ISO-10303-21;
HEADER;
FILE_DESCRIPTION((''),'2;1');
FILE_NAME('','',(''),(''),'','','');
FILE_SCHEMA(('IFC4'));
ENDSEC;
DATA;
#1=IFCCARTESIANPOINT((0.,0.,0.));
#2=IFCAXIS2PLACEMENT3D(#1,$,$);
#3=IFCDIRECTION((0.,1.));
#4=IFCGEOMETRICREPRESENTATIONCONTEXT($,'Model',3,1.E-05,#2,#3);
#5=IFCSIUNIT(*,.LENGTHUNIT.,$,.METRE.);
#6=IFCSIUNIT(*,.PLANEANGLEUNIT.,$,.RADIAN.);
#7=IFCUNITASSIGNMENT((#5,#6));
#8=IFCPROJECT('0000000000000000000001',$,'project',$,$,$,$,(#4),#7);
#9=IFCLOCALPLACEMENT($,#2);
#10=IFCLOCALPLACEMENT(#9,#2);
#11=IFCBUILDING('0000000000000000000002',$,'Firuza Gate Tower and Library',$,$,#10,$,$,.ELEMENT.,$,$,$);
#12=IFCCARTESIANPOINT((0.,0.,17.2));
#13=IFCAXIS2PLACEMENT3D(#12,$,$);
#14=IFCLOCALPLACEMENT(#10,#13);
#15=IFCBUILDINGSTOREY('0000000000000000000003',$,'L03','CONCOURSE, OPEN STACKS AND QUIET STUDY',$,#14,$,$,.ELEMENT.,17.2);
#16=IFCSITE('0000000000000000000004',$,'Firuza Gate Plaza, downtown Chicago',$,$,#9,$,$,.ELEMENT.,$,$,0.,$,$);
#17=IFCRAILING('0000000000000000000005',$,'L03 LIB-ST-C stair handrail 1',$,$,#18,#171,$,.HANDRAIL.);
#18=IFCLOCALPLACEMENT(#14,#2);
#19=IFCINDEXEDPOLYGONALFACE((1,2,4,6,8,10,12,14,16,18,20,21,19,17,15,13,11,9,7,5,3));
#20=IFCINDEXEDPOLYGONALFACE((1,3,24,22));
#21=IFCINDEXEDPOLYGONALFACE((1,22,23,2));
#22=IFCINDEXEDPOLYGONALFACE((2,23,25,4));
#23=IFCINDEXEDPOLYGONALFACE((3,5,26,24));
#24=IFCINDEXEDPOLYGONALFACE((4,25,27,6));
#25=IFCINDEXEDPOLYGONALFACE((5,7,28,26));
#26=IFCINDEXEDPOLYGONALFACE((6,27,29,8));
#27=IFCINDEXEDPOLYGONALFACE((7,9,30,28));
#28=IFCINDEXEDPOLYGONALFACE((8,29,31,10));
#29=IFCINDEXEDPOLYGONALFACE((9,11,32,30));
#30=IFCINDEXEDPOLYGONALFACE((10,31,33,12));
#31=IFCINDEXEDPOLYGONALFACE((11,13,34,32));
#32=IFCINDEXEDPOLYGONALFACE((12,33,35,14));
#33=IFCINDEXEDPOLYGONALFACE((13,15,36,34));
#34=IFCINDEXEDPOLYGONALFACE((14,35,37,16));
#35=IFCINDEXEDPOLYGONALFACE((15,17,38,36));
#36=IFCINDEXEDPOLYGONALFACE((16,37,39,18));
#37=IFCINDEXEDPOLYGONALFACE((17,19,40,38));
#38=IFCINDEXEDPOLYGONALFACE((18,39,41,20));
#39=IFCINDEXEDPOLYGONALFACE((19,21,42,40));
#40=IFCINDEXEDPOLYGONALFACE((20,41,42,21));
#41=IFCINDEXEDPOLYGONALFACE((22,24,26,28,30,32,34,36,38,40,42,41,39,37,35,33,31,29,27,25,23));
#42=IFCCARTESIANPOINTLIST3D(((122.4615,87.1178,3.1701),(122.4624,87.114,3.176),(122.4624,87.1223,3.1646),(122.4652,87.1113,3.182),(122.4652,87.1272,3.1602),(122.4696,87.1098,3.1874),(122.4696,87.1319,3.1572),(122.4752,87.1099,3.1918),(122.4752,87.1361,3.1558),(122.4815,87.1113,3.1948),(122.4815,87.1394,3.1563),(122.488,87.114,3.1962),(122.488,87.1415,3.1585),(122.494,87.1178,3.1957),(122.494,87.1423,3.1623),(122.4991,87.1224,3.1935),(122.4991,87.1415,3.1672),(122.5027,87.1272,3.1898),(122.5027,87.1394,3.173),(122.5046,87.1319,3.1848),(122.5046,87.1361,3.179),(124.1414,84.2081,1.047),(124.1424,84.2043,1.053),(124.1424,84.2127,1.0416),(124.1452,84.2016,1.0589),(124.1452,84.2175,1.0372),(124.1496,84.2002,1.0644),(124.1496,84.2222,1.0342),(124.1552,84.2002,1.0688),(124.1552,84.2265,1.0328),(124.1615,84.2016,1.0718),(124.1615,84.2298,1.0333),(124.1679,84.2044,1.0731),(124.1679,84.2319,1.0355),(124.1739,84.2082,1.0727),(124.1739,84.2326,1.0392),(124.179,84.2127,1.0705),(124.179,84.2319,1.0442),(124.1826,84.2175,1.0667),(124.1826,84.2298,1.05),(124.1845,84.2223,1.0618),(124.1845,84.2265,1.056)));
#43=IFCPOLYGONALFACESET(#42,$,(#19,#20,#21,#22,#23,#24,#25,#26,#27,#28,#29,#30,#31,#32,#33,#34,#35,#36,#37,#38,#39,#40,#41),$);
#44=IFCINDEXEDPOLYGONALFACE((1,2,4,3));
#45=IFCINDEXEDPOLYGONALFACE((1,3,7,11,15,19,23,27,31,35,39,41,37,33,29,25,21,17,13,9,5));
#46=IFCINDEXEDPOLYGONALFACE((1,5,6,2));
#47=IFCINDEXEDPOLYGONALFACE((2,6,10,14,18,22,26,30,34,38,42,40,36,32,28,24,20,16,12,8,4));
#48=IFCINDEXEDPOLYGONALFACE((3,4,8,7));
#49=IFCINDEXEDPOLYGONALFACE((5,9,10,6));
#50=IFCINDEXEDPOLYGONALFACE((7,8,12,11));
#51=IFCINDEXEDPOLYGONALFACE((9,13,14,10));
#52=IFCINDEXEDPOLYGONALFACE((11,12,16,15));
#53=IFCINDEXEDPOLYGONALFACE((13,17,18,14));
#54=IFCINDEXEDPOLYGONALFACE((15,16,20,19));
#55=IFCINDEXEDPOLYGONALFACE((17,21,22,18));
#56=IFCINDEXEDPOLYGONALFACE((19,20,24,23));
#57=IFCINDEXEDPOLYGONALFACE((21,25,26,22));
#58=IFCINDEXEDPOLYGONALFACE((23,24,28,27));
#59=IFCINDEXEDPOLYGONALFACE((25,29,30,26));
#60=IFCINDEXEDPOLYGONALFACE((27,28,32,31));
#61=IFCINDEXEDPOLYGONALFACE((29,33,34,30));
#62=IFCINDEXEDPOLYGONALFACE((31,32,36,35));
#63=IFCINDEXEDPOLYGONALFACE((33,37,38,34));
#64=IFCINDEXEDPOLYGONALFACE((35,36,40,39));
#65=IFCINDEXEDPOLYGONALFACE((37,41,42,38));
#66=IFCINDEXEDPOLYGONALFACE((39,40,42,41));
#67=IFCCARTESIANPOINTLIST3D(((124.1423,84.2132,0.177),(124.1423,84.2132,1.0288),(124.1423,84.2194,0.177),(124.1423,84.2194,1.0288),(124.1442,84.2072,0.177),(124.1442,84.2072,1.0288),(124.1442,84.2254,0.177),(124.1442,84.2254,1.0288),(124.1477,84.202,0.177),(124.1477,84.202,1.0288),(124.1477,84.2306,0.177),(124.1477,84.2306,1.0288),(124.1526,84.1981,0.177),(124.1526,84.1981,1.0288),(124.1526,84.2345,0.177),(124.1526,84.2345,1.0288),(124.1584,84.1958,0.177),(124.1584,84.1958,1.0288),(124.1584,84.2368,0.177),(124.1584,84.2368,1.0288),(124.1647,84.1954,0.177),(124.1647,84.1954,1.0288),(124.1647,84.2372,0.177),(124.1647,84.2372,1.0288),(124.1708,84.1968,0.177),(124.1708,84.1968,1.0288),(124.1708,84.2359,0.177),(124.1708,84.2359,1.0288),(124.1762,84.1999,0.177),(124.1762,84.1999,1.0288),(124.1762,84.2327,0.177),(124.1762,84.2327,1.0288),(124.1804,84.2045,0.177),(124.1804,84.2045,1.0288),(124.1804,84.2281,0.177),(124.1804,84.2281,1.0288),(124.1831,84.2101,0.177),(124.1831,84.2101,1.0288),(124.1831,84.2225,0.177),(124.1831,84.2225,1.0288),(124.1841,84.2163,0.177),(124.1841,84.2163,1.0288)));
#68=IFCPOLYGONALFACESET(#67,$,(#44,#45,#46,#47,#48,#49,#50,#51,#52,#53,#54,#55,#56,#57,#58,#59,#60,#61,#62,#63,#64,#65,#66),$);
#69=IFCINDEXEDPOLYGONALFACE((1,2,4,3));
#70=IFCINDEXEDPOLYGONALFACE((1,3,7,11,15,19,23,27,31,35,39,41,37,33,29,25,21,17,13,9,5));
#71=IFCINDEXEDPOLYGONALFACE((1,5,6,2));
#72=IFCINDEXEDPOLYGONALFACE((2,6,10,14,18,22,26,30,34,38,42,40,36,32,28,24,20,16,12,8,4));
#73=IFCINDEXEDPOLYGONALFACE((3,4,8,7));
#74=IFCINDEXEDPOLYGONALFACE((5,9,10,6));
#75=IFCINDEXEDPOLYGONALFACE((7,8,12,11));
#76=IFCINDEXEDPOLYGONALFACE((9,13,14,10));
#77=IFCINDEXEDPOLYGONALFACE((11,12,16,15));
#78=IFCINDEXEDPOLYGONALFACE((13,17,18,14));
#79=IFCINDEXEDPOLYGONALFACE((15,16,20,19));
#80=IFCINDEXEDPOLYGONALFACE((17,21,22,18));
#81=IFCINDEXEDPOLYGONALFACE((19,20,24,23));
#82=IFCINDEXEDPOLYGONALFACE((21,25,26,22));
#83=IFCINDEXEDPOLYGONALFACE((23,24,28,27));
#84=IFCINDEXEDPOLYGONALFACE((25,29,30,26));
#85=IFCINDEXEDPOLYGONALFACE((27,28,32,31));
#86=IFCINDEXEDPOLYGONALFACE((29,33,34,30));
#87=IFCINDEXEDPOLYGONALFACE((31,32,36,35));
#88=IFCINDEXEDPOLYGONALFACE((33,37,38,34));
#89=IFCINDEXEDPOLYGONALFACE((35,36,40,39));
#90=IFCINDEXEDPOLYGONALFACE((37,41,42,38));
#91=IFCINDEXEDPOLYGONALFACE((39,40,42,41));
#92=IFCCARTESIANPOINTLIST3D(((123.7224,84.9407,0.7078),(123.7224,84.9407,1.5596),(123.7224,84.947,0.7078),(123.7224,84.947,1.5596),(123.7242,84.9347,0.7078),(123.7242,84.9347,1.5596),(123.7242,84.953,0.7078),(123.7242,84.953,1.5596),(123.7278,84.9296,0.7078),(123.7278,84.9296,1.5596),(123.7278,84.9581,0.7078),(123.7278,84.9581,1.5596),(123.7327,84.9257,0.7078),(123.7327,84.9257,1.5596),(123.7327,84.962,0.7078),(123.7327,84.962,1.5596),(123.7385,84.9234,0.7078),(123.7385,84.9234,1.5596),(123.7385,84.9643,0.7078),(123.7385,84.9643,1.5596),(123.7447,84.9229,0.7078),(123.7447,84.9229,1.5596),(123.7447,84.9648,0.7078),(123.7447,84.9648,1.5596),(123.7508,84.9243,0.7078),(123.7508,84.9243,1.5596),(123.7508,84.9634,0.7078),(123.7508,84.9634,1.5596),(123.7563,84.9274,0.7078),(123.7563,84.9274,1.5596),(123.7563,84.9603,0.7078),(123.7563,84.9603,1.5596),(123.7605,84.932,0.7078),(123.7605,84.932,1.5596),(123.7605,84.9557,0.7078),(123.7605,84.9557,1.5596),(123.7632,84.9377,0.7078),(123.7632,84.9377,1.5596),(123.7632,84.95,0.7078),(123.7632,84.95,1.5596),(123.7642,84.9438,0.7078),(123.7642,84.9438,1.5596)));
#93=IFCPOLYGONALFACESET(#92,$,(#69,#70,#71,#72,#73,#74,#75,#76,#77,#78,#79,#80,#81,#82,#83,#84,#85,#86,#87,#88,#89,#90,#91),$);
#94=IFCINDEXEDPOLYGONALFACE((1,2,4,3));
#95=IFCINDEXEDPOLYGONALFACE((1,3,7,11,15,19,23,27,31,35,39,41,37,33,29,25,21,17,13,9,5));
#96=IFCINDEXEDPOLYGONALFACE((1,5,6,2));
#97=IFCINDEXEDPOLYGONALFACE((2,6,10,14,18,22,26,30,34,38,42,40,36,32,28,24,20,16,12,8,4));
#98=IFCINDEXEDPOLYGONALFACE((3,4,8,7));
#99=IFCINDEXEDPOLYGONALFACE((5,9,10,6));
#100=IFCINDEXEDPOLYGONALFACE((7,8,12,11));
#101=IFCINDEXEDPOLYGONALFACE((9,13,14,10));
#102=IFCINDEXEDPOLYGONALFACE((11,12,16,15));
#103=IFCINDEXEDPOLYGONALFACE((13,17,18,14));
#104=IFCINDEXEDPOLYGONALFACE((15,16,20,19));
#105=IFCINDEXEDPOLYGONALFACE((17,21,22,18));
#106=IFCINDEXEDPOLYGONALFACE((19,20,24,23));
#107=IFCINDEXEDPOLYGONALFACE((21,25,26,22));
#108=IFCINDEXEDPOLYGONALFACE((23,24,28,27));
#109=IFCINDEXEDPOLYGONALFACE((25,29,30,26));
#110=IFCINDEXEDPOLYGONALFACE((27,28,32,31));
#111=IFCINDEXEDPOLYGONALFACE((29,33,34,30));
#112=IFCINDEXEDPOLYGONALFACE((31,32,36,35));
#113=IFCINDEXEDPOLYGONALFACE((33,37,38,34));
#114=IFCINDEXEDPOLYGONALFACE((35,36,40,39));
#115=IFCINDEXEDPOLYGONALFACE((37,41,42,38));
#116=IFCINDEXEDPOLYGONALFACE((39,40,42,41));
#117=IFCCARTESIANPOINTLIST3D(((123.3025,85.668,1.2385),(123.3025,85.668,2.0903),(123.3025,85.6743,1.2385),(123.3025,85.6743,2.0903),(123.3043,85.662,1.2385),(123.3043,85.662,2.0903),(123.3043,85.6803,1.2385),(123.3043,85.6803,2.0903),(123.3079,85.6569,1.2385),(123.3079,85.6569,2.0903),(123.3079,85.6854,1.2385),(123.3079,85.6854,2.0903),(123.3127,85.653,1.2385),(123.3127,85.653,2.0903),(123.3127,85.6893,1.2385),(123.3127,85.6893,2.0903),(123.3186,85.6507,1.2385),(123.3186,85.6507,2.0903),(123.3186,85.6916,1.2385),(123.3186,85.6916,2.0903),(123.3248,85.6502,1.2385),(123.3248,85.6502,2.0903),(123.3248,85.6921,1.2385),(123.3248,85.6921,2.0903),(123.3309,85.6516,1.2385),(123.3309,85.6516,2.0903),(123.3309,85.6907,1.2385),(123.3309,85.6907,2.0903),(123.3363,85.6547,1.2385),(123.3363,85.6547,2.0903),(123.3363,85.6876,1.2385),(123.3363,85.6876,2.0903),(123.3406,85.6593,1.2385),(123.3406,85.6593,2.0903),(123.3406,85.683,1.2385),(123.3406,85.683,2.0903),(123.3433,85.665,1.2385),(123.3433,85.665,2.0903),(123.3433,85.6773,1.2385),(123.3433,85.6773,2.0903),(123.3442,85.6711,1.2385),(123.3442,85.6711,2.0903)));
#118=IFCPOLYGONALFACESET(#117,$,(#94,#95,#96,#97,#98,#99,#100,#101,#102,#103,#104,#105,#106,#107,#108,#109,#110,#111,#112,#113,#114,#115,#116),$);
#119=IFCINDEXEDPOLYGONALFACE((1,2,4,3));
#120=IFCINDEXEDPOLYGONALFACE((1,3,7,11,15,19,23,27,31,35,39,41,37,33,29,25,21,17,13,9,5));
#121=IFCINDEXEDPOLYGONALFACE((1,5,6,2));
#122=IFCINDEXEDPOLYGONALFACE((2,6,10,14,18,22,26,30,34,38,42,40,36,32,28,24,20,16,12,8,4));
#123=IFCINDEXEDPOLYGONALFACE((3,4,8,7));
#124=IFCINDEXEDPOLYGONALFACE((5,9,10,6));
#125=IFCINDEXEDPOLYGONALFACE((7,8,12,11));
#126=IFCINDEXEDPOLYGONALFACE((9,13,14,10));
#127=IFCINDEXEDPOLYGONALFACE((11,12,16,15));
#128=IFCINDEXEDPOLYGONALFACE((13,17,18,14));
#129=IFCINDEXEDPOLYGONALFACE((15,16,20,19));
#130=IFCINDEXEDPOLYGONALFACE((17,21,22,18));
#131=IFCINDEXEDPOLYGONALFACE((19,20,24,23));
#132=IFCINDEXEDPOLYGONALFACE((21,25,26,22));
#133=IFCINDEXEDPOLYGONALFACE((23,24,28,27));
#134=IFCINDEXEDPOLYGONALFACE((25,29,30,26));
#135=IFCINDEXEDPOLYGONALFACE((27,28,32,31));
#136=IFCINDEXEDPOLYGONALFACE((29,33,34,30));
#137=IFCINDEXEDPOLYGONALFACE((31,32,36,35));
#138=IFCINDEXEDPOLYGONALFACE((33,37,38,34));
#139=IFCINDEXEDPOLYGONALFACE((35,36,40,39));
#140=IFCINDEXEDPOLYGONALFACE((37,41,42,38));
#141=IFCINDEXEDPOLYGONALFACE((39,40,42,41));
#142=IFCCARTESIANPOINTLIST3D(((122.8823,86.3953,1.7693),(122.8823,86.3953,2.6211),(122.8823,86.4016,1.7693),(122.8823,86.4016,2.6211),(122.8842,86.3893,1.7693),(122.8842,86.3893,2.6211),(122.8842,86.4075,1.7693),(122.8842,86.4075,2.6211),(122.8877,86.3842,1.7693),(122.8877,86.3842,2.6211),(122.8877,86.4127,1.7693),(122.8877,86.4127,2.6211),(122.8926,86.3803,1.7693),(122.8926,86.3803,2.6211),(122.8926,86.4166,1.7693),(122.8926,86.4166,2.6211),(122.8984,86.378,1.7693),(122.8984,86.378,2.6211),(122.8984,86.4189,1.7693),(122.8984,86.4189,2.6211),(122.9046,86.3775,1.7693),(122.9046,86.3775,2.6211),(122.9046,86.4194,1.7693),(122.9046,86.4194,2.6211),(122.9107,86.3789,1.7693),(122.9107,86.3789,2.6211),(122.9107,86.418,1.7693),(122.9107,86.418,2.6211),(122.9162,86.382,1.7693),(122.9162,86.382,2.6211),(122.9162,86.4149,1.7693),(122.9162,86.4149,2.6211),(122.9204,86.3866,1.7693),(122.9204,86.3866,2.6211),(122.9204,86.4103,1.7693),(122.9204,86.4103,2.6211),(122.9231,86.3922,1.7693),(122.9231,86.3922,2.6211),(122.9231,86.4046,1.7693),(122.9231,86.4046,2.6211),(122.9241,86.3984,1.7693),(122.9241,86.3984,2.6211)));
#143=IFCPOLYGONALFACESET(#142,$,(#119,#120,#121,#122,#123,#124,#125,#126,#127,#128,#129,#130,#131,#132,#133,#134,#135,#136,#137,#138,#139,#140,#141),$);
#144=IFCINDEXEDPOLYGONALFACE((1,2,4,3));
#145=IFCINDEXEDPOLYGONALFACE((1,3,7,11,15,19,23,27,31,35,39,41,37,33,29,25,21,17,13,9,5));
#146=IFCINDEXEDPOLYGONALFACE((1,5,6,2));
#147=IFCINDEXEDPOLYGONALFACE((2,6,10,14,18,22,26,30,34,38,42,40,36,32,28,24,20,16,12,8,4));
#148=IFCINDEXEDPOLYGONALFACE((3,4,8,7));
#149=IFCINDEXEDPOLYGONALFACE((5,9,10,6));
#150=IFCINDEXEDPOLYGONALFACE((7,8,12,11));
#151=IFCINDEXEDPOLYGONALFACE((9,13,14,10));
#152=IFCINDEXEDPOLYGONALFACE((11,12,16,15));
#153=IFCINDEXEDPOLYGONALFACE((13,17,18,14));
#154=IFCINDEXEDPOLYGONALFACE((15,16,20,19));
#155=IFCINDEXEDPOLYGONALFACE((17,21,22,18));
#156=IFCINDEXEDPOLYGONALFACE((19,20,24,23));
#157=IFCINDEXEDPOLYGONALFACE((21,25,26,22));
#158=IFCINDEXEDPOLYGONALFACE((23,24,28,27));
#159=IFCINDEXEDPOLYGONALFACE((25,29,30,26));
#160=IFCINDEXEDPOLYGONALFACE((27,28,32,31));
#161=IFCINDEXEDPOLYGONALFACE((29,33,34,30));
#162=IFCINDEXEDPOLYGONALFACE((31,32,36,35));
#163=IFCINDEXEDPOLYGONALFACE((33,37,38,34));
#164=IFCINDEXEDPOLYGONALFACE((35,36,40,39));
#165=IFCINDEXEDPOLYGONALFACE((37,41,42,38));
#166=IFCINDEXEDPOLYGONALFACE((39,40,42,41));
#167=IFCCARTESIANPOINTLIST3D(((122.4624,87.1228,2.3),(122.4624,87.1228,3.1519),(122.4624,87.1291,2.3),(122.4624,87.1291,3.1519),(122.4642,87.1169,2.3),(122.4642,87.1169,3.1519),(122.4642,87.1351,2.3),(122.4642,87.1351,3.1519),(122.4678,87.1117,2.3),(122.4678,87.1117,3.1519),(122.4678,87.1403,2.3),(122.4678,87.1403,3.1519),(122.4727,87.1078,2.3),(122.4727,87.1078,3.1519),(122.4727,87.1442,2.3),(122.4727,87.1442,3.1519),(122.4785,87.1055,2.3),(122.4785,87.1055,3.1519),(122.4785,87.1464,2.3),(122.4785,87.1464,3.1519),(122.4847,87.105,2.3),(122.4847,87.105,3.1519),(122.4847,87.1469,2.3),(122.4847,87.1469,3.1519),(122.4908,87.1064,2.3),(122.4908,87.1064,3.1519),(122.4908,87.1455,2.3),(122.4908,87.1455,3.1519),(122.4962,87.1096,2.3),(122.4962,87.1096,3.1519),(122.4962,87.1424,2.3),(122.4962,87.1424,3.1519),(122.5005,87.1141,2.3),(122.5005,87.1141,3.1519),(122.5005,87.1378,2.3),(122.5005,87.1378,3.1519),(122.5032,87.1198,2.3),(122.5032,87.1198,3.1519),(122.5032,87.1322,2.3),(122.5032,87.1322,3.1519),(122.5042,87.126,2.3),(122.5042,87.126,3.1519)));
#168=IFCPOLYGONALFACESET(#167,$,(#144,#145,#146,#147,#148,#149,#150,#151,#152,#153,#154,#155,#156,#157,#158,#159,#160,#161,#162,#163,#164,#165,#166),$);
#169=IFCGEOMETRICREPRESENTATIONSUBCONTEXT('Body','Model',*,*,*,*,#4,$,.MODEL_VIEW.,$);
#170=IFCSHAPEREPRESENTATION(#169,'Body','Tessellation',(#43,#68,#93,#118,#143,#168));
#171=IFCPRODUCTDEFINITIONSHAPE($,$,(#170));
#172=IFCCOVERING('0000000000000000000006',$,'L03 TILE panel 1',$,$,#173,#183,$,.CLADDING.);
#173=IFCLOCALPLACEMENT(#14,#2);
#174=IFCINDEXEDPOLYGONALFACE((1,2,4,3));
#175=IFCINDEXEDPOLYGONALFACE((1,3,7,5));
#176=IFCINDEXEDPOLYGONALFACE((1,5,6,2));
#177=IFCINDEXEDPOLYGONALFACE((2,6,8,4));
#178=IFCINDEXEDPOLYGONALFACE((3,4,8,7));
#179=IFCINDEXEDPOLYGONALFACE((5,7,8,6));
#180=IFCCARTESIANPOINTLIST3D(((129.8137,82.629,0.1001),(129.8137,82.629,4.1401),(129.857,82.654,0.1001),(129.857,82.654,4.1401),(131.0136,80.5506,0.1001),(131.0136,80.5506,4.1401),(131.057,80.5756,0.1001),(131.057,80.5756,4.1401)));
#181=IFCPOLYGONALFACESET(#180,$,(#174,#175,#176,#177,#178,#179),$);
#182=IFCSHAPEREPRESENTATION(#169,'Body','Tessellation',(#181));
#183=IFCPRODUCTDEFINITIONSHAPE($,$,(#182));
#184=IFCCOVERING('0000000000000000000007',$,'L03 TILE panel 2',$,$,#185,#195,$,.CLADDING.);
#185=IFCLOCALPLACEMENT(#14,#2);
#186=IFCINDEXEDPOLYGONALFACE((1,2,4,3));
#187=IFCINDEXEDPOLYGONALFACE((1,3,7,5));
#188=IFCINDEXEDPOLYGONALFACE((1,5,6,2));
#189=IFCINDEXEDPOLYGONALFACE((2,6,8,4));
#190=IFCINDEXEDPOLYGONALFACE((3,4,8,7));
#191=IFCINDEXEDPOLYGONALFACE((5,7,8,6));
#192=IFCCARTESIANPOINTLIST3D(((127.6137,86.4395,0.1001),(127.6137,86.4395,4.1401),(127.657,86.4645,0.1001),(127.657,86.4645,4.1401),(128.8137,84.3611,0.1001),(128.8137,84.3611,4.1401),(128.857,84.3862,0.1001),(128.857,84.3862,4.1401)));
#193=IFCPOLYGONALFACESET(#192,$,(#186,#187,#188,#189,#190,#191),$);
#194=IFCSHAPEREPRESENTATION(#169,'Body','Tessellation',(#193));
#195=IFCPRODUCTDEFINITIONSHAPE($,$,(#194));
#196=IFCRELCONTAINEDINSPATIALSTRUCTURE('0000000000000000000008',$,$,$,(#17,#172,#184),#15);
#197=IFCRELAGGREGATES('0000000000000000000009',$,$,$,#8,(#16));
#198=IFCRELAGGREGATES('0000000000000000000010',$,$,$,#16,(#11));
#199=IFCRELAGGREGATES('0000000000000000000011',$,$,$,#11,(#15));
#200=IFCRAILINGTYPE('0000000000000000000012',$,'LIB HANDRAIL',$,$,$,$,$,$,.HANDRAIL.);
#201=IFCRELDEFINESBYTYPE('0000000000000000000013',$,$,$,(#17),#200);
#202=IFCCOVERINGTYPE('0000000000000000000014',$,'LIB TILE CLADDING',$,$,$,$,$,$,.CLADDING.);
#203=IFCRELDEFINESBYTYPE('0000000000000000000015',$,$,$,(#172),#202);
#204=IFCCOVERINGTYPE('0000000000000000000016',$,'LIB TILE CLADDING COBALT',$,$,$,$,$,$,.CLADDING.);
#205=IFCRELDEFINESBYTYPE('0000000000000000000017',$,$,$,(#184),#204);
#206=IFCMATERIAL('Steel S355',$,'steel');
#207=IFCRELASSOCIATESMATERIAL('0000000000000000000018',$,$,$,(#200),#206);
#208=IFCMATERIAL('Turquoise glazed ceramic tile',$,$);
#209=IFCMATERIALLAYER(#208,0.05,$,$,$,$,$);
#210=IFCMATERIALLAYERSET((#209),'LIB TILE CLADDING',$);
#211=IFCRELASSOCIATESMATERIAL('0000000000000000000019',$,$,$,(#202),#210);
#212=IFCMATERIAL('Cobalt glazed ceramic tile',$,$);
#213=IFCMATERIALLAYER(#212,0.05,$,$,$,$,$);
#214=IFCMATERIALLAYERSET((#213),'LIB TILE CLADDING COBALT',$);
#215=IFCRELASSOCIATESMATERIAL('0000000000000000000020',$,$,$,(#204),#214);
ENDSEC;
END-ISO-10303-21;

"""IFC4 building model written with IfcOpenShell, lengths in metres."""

from ifc_helpers import new_model, si_unit, direction, frame, origin, origin_2d, place, context, subcontext, project, spatial, rectangle, circle, extrude, material, layer, layer_set, type_object, element, save


model = new_model("IFC4")

# Units and contexts
model_context = context("Model", 3, precision=1e-05, world=origin(), true_north=direction((0.0, 1.0)))
body_context = subcontext(model_context, "Body", "Model", "MODEL_VIEW")
ifc_project = project(units=[si_unit("LENGTHUNIT", "METRE"), si_unit("PLANEANGLEUNIT", "RADIAN")], contexts=[model_context])

# Site, building, storey
site_placement = place(None, origin())
site = spatial("IfcSite", under=ifc_project, at=site_placement, Name="Firuza Gate Plaza, downtown Chicago", CompositionType="ELEMENT", RefElevation=0.0)
building_placement = place(site_placement, origin())
building = spatial("IfcBuilding", under=site, at=building_placement, Name="Firuza Gate Tower and Library", CompositionType="ELEMENT")
storey_placement = place(building_placement, frame((0.0, 0.0, 17.2)))
storey = spatial("IfcBuildingStorey", under=building, at=storey_placement, Name="L03", Description="CONCOURSE, OPEN STACKS AND QUIET STUDY", CompositionType="ELEMENT", Elevation=17.2)

# Railing
ifc_material_1 = material(Name="Steel S355", Category="steel")
railing_type = type_object("IfcRailingType", Name="LIB HANDRAIL", PredefinedType="HANDRAIL", material=ifc_material_1)
railing_placement = place(storey_placement, frame((124.1631, 84.2163, 0.177)))
element("IfcRailing", 1, at=railing_placement, inside=storey, type_object=railing_type, Name="L03 LIB-ST-C stair handrail 1", PredefinedType="HANDRAIL", context=body_context, shape_type="SweptSolid", body=[
    extrude(circle(Radius=0.0239, at=origin_2d()), frame((0.0, 0.0, 0.876), z_axis=(-0.422691, 0.732107, 0.534184), x_axis=(-0.866021, -0.500008, 0.0)), (0.0, 0.0, 1.0), 3.9744),
    extrude(circle(Radius=0.021, at=origin_2d()), origin(), (0.0, 0.0, 1.0), 0.8518),
    extrude(circle(Radius=0.021, at=origin_2d()), frame((-0.4199, 0.7275, 0.5308)), (0.0, 0.0, 1.0), 0.8518),
    extrude(circle(Radius=0.021, at=origin_2d()), frame((-0.8398, 1.4548, 1.0615)), (0.0, 0.0, 1.0), 0.8518),
    extrude(circle(Radius=0.021, at=origin_2d()), frame((-1.26, 2.1821, 1.5923)), (0.0, 0.0, 1.0), 0.8518),
    extrude(circle(Radius=0.021, at=origin_2d()), frame((-1.6799, 2.9097, 2.123)), (0.0, 0.0, 1.0), 0.8518),
])

# Coverings
ifc_material_2 = material(Name="Turquoise glazed ceramic tile")
ifc_layer_1 = layer(ifc_material_2, 0.05)
ifc_layer_set_1 = layer_set([ifc_layer_1], Name="LIB TILE CLADDING")
covering_type_1 = type_object("IfcCoveringType", Name="LIB TILE CLADDING", PredefinedType="CLADDING", material=ifc_layer_set_1)
covering_1_placement = place(storey_placement, frame((130.4353, 81.6023, 0.1001), z_axis=(0.0, 0.0, 1.0), x_axis=(-0.5, 0.866025, 0.0)))
element("IfcCovering", 2, at=covering_1_placement, inside=storey, type_object=covering_type_1, Name="L03 TILE panel 1", PredefinedType="CLADDING", context=body_context, shape_type="SweptSolid", body=[
    extrude(rectangle(XDim=2.3999, YDim=0.05, at=origin_2d()), origin(), (0.0, 0.0, 1.0), 4.04),
])
ifc_material_3 = material(Name="Cobalt glazed ceramic tile")
ifc_layer_2 = layer(ifc_material_3, 0.05)
ifc_layer_set_2 = layer_set([ifc_layer_2], Name="LIB TILE CLADDING COBALT")
covering_type_2 = type_object("IfcCoveringType", Name="LIB TILE CLADDING COBALT", PredefinedType="CLADDING", material=ifc_layer_set_2)
covering_2_placement = place(storey_placement, frame((128.2354, 85.4128, 0.1001), z_axis=(0.0, 0.0, 1.0), x_axis=(-0.5, 0.866025, 0.0)))
element("IfcCovering", 3, at=covering_2_placement, inside=storey, type_object=covering_type_2, Name="L03 TILE panel 2", PredefinedType="CLADDING", context=body_context, shape_type="SweptSolid", body=[
    extrude(rectangle(XDim=2.3999, YDim=0.05, at=origin_2d()), origin(), (0.0, 0.0, 1.0), 4.04),
])

save(model, "model.ifc")
